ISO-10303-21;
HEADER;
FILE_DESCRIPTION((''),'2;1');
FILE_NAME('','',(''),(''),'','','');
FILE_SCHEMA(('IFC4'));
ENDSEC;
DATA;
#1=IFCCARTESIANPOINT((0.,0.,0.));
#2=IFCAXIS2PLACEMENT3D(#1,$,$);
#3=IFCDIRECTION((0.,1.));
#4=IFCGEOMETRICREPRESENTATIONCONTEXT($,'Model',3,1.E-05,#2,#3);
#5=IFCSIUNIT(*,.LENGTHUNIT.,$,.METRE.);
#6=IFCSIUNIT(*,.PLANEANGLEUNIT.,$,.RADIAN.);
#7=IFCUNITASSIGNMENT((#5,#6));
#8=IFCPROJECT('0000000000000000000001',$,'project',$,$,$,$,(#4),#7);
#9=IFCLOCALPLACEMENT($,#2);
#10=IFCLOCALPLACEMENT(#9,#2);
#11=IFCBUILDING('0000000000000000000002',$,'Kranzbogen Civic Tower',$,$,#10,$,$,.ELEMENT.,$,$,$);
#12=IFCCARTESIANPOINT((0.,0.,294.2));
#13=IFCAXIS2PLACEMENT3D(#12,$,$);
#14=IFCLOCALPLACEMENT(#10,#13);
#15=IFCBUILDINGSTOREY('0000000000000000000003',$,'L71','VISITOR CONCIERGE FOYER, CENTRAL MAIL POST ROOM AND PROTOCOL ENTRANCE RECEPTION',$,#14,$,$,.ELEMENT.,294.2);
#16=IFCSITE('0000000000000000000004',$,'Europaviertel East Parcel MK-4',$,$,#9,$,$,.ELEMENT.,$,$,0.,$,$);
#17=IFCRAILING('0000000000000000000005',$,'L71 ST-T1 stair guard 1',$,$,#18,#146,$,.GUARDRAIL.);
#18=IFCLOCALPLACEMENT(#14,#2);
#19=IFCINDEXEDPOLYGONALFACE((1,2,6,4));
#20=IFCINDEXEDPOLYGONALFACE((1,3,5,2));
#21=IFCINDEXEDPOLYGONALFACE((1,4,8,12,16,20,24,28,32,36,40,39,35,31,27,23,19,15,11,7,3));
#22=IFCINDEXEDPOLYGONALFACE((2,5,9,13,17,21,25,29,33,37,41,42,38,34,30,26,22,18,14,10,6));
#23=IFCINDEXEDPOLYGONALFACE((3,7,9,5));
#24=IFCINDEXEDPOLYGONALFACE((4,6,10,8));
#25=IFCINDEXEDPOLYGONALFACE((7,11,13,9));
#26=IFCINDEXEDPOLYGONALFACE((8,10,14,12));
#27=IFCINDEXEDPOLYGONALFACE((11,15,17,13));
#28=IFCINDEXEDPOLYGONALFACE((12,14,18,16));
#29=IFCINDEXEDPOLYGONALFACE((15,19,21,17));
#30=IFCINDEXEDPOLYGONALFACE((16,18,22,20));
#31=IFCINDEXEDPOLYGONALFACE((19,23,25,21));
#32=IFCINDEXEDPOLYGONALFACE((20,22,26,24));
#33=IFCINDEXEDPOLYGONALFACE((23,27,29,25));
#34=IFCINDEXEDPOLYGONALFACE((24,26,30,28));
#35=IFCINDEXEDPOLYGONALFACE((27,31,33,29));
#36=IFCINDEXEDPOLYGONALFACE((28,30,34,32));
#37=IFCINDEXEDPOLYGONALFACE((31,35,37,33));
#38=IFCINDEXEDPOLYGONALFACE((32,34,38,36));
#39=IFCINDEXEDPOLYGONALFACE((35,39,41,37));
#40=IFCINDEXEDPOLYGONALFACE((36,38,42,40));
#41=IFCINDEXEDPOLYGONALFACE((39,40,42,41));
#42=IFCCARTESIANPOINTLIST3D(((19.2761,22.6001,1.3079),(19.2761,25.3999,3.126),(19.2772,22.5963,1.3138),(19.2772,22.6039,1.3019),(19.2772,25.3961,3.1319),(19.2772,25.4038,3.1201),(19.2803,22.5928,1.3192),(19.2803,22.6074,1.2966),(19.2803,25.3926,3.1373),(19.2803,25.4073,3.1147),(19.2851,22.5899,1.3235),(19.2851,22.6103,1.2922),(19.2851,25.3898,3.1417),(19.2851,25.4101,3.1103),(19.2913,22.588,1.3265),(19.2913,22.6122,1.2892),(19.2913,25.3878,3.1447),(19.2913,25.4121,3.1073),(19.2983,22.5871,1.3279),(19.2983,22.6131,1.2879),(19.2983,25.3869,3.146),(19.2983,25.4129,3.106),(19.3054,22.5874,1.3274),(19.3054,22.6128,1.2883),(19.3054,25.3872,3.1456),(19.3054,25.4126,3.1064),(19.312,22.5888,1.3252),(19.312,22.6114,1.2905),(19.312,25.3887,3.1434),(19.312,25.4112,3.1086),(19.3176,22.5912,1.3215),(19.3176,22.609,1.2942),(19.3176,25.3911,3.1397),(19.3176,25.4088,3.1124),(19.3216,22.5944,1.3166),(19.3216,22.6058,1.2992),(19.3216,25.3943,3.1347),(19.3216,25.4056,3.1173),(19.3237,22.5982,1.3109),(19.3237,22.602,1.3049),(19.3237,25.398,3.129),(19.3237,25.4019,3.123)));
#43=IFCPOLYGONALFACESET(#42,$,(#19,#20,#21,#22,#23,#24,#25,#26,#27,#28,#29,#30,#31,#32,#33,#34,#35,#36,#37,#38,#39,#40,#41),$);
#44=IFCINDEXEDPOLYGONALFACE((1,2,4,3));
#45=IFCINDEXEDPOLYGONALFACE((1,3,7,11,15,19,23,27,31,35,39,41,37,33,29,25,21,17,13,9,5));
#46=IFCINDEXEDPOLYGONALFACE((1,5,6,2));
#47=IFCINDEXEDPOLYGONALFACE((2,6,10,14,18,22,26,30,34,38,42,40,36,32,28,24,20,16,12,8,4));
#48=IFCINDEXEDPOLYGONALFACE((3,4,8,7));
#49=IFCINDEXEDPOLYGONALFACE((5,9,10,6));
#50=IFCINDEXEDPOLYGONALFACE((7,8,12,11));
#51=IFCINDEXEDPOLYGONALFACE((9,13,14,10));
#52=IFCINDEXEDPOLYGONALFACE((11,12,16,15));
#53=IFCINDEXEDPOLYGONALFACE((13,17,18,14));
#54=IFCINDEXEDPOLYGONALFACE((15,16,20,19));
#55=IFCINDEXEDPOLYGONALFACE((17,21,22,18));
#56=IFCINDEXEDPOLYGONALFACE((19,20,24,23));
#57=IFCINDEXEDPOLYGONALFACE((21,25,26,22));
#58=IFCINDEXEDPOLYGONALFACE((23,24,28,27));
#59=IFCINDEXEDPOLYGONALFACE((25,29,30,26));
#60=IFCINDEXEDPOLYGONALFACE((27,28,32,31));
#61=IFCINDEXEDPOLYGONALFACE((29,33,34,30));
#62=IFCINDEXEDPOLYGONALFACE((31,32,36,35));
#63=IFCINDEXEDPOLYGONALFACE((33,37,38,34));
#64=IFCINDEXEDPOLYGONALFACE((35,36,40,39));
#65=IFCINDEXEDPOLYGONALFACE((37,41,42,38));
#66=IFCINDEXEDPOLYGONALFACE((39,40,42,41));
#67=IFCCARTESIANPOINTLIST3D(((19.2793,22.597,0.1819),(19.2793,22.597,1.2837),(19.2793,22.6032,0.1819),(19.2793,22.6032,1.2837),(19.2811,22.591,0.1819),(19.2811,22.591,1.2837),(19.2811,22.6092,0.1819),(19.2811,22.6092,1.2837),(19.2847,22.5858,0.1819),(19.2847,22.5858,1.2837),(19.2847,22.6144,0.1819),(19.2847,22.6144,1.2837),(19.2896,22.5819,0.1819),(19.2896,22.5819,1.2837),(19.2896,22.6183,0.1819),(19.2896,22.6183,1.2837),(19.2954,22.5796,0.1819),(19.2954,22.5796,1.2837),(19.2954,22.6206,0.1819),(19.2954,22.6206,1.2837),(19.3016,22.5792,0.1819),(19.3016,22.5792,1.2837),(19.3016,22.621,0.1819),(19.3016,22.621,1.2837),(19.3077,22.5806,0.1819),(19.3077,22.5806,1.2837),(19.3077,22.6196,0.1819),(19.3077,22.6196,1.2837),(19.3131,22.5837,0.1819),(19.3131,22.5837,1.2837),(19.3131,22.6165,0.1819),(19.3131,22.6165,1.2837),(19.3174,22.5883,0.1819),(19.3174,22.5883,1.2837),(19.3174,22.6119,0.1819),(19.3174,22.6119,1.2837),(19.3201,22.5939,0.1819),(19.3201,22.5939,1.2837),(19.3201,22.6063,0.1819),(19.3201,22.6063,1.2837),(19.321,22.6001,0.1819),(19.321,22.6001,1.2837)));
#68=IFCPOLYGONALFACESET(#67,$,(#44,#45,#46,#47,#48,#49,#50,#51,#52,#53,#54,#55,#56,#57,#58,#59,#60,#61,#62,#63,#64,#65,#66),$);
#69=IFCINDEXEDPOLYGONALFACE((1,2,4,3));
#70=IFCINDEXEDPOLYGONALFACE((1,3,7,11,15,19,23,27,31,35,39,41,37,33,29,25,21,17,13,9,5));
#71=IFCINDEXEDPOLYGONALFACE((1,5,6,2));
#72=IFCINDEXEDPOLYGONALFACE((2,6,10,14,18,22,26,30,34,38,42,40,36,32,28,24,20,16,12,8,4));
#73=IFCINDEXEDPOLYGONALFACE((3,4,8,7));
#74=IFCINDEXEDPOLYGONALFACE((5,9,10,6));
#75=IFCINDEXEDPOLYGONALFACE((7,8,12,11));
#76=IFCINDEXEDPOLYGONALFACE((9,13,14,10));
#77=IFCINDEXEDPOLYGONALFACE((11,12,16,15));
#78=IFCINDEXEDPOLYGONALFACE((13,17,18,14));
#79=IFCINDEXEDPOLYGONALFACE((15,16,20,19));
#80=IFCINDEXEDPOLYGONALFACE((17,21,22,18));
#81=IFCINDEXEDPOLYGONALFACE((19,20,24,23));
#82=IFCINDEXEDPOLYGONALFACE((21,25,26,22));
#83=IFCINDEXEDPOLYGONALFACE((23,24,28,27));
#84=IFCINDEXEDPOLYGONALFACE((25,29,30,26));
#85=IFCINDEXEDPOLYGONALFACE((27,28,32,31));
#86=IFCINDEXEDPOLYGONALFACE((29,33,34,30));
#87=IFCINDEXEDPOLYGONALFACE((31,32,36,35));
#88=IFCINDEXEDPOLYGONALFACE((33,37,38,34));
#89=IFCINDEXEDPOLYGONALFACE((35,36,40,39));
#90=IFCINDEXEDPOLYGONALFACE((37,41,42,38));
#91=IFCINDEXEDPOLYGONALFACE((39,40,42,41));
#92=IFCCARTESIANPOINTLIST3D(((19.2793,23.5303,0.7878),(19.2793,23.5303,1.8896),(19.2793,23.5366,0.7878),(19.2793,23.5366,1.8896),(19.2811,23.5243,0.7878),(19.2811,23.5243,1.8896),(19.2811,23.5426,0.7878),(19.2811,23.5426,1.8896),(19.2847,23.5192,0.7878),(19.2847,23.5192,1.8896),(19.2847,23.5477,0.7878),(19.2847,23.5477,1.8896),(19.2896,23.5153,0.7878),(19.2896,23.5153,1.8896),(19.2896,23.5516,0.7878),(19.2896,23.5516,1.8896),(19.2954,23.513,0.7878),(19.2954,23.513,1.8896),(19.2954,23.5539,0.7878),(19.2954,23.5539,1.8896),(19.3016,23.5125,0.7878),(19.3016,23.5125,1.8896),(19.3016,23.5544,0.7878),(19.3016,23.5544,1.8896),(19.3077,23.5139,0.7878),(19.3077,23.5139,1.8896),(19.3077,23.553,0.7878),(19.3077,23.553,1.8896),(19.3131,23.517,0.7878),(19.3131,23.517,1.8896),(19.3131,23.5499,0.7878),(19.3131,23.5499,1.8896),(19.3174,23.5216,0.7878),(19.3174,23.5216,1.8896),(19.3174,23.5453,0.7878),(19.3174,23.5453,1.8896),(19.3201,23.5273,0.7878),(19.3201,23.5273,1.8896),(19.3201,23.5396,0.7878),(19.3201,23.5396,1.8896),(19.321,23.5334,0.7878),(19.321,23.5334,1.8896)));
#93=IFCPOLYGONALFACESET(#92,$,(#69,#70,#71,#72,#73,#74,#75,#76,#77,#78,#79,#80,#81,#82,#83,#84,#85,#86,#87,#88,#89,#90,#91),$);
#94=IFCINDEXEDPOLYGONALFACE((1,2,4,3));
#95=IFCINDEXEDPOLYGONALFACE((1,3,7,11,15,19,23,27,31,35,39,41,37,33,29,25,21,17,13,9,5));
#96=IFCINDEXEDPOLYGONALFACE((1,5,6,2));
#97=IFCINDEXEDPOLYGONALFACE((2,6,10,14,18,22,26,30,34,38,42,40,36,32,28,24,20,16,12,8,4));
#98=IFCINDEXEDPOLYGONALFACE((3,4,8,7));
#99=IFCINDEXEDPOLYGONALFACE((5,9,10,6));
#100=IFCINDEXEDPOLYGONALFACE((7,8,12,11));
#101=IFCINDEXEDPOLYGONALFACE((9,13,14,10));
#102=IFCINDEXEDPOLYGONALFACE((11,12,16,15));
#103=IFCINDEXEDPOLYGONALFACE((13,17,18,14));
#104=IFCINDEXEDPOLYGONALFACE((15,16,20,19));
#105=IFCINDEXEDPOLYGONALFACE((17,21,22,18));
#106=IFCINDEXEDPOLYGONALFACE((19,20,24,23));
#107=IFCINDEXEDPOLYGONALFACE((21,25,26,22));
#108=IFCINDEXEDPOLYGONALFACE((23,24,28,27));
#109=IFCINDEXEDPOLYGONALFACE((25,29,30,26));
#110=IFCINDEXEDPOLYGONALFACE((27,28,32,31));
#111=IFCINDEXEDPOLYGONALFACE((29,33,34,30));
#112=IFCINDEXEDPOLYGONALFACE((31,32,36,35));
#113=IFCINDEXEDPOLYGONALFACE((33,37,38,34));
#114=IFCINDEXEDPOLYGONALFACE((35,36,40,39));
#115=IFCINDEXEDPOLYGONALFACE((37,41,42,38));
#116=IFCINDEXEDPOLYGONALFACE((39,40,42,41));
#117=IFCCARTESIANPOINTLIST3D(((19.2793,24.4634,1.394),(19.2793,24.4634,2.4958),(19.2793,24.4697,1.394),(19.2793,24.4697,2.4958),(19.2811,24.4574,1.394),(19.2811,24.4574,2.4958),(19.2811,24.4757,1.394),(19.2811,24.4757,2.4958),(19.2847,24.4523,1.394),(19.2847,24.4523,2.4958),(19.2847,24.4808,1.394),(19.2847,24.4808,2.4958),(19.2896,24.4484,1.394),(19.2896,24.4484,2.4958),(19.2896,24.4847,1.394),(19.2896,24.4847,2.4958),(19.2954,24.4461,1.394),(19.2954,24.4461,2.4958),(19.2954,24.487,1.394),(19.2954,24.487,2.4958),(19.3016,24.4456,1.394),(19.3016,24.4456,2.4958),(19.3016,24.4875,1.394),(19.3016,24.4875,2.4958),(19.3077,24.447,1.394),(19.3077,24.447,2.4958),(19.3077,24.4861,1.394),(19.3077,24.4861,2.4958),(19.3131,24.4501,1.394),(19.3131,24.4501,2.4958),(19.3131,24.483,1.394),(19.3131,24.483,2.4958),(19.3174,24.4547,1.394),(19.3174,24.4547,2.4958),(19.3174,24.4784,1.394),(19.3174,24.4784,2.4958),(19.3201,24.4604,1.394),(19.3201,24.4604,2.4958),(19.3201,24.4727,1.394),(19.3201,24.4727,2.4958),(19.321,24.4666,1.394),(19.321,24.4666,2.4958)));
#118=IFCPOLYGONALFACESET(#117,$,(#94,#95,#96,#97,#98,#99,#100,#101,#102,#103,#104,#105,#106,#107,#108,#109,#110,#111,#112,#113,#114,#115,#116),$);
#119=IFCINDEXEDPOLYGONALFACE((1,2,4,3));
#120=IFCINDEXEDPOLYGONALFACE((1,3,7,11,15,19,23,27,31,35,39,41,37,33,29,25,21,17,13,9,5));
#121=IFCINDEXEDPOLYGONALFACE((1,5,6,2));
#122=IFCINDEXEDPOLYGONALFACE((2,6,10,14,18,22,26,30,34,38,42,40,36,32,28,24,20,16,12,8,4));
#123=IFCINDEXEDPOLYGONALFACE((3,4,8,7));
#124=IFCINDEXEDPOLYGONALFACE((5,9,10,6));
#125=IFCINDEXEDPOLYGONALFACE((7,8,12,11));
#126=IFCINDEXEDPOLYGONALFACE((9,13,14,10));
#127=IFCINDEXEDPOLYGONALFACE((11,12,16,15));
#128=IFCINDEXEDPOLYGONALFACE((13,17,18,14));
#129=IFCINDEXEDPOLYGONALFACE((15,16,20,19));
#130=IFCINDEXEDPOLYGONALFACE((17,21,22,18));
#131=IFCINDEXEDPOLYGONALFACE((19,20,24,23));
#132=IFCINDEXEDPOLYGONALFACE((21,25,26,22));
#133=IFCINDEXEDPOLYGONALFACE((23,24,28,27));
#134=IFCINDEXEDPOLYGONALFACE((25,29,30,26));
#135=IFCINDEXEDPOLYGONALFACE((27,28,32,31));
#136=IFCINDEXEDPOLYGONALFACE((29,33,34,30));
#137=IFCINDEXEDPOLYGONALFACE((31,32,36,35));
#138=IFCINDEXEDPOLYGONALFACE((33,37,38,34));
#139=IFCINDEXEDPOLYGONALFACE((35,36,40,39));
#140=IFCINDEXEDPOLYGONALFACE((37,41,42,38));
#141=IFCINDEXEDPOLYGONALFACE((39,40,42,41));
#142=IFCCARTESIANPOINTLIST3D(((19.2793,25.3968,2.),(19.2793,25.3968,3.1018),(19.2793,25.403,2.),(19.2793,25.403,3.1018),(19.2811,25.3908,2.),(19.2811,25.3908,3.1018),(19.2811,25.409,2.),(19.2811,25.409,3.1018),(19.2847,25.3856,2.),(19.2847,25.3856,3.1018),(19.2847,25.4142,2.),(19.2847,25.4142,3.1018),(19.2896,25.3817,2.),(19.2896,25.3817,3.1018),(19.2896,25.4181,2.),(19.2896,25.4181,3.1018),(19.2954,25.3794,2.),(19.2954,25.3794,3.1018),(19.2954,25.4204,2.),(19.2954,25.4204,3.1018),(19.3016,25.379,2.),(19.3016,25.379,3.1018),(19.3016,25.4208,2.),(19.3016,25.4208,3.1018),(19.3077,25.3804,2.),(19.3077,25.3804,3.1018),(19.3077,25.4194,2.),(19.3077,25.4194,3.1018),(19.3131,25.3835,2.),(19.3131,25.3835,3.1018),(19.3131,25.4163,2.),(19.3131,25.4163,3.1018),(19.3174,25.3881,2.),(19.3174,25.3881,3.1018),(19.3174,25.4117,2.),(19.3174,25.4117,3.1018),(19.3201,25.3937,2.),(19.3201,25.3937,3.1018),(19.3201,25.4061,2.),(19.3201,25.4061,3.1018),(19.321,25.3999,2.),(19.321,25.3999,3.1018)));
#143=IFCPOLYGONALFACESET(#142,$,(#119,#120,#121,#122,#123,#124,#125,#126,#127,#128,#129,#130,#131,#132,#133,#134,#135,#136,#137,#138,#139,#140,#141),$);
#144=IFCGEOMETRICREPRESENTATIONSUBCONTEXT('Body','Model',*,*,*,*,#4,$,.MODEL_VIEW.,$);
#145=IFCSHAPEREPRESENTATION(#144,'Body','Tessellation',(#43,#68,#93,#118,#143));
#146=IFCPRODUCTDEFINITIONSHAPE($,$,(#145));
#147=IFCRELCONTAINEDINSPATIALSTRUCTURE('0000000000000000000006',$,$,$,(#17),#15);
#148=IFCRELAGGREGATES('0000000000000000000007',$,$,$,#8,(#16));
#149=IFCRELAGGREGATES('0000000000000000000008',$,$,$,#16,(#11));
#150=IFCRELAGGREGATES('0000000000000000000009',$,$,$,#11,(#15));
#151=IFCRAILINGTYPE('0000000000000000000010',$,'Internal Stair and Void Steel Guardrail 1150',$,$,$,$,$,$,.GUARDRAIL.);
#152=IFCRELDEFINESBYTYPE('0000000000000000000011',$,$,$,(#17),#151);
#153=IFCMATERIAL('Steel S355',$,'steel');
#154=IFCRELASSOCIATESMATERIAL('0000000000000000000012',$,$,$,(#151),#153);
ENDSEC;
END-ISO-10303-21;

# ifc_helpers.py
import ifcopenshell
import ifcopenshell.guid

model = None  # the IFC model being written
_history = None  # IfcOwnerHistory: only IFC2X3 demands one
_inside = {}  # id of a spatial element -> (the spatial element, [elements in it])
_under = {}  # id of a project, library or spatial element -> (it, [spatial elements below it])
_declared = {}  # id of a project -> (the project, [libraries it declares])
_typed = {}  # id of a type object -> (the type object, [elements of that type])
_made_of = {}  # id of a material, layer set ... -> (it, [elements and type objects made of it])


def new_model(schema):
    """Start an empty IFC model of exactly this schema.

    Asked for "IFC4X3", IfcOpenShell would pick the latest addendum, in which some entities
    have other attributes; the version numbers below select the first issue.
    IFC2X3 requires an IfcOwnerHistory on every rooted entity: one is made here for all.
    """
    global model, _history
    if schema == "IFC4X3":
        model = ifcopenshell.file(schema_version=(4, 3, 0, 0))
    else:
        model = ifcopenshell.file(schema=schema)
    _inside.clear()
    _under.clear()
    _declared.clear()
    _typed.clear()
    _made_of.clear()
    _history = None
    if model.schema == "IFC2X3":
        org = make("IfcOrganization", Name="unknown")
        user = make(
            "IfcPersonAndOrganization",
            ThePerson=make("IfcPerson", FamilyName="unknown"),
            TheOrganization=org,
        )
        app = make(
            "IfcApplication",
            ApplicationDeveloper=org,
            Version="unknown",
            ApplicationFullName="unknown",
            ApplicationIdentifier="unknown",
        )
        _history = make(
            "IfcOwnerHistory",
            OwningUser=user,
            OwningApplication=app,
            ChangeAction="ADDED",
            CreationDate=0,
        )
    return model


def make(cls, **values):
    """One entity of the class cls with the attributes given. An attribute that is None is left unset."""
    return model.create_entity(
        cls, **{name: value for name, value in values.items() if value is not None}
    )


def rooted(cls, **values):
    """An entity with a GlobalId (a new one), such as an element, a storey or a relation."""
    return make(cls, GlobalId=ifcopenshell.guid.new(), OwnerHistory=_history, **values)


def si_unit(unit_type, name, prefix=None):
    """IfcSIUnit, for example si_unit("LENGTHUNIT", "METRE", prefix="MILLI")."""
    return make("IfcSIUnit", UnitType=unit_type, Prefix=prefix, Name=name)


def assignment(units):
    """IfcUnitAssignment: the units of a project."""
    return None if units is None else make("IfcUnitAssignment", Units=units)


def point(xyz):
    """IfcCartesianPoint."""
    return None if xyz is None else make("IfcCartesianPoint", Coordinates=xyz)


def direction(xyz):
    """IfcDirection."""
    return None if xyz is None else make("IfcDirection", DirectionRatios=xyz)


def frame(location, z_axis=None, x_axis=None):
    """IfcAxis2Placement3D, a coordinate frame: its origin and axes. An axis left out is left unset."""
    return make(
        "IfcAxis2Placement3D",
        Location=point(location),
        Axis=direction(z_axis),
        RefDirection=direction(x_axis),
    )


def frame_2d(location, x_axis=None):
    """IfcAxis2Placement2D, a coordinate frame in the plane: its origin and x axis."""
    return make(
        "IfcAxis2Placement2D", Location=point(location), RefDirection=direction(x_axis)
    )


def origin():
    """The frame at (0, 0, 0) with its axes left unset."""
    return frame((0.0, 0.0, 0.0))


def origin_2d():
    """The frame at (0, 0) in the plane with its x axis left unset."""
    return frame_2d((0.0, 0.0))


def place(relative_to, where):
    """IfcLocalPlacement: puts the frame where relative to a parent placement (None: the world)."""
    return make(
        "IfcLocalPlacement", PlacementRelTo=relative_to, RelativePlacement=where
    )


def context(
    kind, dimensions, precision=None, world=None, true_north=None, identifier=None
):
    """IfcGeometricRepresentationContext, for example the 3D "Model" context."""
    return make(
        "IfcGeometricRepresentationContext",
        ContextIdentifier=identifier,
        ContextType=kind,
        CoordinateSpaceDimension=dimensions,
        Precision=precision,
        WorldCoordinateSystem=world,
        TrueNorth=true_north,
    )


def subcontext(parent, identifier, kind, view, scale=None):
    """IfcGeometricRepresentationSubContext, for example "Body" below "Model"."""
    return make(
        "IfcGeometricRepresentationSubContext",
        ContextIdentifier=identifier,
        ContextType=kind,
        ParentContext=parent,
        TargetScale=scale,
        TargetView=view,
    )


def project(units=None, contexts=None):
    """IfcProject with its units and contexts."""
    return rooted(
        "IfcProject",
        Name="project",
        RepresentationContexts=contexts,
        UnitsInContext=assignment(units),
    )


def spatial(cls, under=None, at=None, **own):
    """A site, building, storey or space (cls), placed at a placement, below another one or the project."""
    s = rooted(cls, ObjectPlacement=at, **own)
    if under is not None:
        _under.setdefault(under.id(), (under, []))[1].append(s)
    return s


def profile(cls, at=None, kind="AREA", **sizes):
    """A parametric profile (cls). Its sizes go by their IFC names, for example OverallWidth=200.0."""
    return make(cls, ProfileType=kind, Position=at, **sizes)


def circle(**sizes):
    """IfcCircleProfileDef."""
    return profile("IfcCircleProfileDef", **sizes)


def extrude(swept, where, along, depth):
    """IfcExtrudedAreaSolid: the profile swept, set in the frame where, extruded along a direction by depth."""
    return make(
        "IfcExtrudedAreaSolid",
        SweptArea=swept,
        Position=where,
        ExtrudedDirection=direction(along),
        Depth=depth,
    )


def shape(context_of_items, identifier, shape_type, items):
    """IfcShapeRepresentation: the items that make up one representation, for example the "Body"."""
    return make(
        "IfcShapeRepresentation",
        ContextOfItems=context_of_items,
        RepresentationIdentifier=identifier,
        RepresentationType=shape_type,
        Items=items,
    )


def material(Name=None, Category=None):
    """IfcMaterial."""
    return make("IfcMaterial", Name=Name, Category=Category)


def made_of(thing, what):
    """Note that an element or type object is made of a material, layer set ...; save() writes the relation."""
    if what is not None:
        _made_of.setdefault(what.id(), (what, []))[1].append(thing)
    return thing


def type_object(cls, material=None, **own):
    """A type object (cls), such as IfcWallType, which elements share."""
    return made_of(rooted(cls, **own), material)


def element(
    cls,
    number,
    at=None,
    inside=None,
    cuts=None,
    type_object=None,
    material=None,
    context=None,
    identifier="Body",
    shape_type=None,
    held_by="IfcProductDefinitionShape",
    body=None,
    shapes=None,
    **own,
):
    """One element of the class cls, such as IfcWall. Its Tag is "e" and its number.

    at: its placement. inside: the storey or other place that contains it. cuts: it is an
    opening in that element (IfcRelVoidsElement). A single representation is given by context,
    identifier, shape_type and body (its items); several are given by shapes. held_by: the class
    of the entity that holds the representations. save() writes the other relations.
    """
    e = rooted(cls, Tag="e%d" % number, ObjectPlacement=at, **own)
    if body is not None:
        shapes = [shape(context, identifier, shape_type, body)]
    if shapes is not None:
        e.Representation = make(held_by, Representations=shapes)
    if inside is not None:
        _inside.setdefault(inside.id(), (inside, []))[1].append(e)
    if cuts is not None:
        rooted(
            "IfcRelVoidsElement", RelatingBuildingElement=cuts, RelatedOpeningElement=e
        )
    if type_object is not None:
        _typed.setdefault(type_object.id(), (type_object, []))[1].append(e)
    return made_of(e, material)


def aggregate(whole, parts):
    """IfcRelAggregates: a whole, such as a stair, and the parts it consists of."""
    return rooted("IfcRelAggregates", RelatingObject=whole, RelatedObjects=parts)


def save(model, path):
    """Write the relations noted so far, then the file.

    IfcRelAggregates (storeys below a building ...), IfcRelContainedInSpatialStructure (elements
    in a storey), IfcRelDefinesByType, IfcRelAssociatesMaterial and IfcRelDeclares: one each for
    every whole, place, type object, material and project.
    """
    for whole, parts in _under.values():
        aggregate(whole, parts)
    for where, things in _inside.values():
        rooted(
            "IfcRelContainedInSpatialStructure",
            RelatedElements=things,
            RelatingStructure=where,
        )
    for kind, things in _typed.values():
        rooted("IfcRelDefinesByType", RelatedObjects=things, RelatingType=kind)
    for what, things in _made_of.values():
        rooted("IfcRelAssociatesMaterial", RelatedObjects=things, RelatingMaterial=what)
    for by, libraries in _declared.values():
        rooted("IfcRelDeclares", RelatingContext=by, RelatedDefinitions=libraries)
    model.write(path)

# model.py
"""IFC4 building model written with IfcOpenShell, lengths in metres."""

from ifc_helpers import new_model, si_unit, direction, frame, origin, origin_2d, place, context, subcontext, project, spatial, circle, extrude, material, type_object, element, save


model = new_model("IFC4")

# Units and contexts
model_context = context("Model", 3, precision=1e-05, world=origin(), true_north=direction((0.0, 1.0)))
body_context = subcontext(model_context, "Body", "Model", "MODEL_VIEW")
ifc_project = project(units=[si_unit("LENGTHUNIT", "METRE"), si_unit("PLANEANGLEUNIT", "RADIAN")], contexts=[model_context])

# Site, building, storey
site_placement = place(None, origin())
site = spatial("IfcSite", under=ifc_project, at=site_placement, Name="Europaviertel East Parcel MK-4", CompositionType="ELEMENT", RefElevation=0.0)
building_placement = place(site_placement, origin())
building = spatial("IfcBuilding", under=site, at=building_placement, Name="Kranzbogen Civic Tower", CompositionType="ELEMENT")
storey_placement = place(building_placement, frame((0.0, 0.0, 294.2)))
storey = spatial("IfcBuildingStorey", under=building, at=storey_placement, Name="L71", Description="VISITOR CONCIERGE FOYER, CENTRAL MAIL POST ROOM AND PROTOCOL ENTRANCE RECEPTION", CompositionType="ELEMENT", Elevation=294.2)

# Shared definitions
ifc_material_1 = material(Name="Steel S355", Category="steel")

# Railing
railing_type_1 = type_object("IfcRailingType", Name="Internal Stair and Void Steel Guardrail 1150", PredefinedType="GUARDRAIL", material=ifc_material_1)
railing_1_placement = place(storey_placement, frame((19.3, 22.6001, 0.1819)))
element("IfcRailing", 1, at=railing_1_placement, inside=storey, type_object=railing_type_1, Name="L71 ST-T1 stair guard 1", PredefinedType="GUARDRAIL", context=body_context, shape_type="SweptSolid", body=[
    extrude(circle(Radius=0.0239, at=origin_2d()), frame((0.0, 0.0, 1.126), z_axis=(0.0, 0.838684, 0.544618), x_axis=(-1.0, 0.0, 0.0)), (0.0, 0.0, 1.0), 3.3384),
    extrude(circle(Radius=0.021, at=origin_2d()), origin(), (0.0, 0.0, 1.0), 1.1018),
    extrude(circle(Radius=0.021, at=origin_2d()), frame((0.0, 0.9333, 0.606)), (0.0, 0.0, 1.0), 1.1018),
    extrude(circle(Radius=0.021, at=origin_2d()), frame((0.0, 1.8665, 1.2122)), (0.0, 0.0, 1.0), 1.1018),
    extrude(circle(Radius=0.021, at=origin_2d()), frame((0.0, 2.7998, 1.8181)), (0.0, 0.0, 1.0), 1.1018),
])

save(model, "model.ifc")
